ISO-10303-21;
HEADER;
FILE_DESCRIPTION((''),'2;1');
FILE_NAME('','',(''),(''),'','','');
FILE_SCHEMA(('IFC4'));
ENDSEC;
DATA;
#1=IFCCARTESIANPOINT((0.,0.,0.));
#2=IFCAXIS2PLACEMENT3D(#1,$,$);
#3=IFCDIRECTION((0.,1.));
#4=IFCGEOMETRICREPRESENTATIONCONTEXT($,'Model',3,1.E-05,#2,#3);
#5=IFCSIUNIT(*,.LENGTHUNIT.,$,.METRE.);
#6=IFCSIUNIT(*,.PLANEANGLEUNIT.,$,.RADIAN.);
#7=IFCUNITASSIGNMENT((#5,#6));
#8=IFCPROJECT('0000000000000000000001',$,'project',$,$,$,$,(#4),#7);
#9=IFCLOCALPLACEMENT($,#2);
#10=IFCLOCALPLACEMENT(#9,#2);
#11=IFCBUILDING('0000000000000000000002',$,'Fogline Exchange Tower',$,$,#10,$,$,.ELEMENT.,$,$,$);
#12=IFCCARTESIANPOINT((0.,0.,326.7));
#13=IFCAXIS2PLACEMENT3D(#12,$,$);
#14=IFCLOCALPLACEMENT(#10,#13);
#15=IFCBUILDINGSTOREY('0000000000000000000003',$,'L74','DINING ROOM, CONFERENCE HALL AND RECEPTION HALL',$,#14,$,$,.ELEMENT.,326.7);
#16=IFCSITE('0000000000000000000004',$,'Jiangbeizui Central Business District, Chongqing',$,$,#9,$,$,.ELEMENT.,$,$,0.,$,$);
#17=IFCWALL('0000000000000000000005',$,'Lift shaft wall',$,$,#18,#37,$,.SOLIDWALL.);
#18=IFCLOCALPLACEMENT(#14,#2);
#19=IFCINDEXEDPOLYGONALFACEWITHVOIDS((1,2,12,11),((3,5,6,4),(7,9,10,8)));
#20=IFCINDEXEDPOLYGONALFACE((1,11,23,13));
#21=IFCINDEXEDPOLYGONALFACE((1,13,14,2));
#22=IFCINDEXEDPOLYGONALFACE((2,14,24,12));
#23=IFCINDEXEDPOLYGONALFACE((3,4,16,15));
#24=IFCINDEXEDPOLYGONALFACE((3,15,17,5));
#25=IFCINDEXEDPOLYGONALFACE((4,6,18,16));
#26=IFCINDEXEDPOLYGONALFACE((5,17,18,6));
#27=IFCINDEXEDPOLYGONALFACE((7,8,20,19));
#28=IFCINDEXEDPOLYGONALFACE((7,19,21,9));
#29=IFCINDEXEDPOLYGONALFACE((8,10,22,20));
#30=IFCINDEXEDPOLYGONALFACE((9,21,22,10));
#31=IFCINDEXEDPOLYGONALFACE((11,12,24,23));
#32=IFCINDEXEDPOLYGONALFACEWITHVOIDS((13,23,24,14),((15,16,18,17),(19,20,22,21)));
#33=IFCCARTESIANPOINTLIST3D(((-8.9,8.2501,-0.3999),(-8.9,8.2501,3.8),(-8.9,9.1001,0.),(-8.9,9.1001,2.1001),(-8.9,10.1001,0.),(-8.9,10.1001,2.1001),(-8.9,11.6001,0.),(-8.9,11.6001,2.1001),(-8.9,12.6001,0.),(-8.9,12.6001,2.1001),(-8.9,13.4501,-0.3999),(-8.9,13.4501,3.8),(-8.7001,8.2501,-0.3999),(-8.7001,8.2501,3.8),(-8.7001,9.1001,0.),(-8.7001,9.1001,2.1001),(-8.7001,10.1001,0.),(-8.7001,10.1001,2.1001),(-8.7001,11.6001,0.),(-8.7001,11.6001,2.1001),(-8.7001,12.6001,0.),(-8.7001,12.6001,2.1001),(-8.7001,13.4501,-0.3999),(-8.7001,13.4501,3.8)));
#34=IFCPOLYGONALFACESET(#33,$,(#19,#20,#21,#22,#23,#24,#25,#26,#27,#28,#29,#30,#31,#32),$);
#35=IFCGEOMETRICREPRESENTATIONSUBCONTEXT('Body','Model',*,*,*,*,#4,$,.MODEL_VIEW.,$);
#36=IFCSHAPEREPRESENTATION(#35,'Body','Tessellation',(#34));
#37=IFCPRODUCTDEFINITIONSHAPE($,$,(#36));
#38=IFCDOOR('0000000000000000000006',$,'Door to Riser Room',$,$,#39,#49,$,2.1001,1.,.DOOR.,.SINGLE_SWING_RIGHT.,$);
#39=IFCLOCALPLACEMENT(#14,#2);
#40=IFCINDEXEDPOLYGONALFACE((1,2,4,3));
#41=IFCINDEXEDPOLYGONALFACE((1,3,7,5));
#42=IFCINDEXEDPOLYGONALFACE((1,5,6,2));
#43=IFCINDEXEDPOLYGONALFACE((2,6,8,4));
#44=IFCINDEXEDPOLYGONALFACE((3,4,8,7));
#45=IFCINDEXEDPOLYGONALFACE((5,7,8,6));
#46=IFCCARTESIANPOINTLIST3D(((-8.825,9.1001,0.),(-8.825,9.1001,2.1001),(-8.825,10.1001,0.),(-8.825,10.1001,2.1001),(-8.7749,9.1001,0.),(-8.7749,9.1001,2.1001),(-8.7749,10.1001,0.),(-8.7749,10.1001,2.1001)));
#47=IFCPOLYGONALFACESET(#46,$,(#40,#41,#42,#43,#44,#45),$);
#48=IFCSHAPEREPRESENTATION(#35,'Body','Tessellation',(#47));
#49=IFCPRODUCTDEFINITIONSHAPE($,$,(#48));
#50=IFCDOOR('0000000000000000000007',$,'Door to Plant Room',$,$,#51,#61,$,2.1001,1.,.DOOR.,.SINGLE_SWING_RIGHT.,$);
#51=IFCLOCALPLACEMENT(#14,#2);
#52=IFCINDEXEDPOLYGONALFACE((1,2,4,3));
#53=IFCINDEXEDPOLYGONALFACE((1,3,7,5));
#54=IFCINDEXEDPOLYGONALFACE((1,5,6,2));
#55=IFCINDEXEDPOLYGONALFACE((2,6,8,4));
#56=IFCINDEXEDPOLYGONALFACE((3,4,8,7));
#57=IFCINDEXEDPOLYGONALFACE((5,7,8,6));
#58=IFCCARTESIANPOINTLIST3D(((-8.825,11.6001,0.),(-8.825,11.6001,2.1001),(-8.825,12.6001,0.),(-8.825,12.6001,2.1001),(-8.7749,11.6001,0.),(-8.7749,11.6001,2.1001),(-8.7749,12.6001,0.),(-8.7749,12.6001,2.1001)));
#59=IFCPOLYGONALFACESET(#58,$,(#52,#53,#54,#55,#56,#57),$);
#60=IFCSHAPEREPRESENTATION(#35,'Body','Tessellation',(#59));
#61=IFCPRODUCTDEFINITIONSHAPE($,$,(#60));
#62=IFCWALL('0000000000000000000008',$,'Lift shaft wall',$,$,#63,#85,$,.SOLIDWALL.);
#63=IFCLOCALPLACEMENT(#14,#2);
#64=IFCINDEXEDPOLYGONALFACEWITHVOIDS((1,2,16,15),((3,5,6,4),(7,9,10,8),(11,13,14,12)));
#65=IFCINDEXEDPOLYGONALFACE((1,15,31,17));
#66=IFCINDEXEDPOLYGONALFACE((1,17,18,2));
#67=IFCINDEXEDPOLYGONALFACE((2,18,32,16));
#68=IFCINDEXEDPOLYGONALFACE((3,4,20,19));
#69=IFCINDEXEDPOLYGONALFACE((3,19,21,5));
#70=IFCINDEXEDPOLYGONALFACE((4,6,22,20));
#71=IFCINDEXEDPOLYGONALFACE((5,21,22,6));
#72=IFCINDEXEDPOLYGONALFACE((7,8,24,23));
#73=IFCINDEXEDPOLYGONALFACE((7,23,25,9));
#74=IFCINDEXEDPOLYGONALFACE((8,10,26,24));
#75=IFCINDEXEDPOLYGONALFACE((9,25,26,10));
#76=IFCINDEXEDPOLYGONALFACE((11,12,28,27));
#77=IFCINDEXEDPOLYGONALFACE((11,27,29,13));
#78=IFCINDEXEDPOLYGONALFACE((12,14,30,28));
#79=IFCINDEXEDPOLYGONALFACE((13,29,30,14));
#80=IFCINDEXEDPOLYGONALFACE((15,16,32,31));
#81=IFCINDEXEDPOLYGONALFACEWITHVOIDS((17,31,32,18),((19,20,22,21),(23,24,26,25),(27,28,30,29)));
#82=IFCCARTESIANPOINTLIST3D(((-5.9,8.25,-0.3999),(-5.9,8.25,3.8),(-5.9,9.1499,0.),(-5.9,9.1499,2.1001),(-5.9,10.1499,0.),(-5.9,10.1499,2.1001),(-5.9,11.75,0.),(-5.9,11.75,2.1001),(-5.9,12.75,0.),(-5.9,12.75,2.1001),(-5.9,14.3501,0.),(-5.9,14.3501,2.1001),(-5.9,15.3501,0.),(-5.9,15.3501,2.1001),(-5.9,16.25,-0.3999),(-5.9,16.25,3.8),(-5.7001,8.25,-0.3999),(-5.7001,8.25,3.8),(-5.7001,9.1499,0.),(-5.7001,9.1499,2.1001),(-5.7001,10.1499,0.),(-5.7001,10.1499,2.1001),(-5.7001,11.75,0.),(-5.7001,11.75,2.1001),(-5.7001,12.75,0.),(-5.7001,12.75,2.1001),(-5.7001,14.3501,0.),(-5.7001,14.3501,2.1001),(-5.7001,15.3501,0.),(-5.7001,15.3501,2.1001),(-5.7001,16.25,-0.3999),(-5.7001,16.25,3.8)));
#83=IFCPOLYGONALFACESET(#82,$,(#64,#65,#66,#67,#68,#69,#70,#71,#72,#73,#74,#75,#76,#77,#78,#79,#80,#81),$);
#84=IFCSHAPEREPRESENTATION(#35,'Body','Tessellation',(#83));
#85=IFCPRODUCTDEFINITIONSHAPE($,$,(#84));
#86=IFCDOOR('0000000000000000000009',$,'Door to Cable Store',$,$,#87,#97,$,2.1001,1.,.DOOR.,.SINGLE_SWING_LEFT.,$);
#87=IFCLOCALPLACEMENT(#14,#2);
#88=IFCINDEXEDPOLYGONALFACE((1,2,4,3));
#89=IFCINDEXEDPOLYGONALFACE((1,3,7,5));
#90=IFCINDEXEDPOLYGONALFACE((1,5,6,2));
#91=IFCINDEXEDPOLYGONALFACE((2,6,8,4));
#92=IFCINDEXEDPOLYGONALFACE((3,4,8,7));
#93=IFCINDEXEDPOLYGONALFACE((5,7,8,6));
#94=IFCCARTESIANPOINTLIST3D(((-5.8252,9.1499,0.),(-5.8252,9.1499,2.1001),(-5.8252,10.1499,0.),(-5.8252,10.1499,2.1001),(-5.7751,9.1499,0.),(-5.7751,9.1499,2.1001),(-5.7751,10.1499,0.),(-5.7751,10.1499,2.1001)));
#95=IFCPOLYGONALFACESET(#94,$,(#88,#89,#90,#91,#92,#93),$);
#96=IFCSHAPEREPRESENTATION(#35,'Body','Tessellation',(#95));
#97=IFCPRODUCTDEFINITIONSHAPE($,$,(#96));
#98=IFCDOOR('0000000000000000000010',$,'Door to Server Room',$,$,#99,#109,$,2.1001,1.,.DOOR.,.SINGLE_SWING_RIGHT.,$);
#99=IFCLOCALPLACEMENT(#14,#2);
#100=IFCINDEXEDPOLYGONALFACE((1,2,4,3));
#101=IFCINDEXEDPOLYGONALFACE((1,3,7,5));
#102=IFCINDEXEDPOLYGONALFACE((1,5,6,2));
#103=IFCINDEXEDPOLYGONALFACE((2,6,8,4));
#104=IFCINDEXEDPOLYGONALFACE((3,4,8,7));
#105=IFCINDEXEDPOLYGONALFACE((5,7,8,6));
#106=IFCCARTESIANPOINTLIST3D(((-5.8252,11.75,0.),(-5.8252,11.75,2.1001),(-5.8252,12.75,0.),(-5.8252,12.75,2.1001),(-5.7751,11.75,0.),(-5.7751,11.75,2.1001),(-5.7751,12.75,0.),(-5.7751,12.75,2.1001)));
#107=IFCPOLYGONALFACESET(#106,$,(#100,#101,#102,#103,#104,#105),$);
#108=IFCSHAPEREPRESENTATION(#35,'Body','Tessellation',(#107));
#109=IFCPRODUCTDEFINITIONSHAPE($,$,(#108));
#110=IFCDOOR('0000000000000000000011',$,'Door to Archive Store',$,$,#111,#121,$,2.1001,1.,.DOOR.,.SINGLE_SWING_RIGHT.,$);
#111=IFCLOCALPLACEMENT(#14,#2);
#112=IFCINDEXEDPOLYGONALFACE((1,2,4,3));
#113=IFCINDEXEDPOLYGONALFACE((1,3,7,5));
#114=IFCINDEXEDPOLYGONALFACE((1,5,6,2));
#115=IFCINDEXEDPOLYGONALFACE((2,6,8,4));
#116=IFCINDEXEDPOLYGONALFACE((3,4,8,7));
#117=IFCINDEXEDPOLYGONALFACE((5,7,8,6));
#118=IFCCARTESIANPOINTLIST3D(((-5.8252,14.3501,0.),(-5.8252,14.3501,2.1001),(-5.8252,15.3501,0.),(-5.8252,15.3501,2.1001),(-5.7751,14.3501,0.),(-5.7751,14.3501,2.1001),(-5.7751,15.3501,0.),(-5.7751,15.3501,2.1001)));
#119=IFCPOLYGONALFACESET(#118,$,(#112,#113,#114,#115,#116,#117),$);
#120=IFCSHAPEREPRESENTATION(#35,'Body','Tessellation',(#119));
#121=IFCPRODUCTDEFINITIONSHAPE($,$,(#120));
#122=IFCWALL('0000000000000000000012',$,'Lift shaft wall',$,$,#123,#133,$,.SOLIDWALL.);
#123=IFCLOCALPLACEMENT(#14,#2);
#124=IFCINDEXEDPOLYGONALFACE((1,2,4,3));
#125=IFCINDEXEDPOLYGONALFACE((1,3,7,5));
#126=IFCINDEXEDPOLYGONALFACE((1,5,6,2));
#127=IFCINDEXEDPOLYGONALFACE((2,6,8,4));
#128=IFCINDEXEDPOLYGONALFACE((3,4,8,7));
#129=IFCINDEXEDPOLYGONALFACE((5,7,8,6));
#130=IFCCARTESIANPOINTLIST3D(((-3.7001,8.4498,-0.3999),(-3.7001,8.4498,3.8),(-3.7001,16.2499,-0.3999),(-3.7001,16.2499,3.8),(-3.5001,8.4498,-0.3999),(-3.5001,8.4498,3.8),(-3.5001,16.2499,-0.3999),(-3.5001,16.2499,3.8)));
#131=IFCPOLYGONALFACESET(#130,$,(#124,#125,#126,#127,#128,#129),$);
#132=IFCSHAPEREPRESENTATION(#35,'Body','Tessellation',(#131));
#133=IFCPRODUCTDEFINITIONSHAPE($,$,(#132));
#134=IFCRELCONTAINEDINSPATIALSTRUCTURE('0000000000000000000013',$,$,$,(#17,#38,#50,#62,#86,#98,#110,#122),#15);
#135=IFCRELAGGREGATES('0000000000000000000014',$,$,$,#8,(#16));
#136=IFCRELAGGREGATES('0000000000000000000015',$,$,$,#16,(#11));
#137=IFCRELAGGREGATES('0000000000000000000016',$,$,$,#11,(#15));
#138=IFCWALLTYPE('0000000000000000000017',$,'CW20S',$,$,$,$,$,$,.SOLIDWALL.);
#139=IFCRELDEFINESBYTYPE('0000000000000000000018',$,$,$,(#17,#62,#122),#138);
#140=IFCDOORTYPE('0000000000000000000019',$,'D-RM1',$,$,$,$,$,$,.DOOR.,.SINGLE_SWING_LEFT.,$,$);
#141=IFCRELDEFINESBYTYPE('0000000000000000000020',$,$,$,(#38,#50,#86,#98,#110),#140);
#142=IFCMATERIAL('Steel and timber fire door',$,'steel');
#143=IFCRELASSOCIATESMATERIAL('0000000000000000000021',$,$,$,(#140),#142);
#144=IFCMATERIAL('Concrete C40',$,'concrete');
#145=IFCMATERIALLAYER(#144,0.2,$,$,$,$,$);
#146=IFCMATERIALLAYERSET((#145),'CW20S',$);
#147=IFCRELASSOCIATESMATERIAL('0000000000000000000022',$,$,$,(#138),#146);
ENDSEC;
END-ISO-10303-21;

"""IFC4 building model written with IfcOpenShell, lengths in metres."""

from ifc_helpers import new_model, si_unit, direction, frame, frame_2d, origin, place, context, subcontext, project, spatial, rectangle, extrude, material, layer, layer_set, type_object, element, fill, save


model = new_model("IFC4")

# Units and contexts
model_context = context("Model", 3, precision=1e-05, world=origin(), true_north=direction((0.0, 1.0)))
body_context = subcontext(model_context, "Body", "Model", "MODEL_VIEW")
ifc_project = project(units=[si_unit("LENGTHUNIT", "METRE"), si_unit("PLANEANGLEUNIT", "RADIAN")], contexts=[model_context])

# Site, building, storey
site_placement = place(None, origin())
site = spatial("IfcSite", under=ifc_project, at=site_placement, Name="Jiangbeizui Central Business District, Chongqing", CompositionType="ELEMENT", RefElevation=0.0)
building_placement = place(site_placement, origin())
building = spatial("IfcBuilding", under=site, at=building_placement, Name="Fogline Exchange Tower", CompositionType="ELEMENT")
storey_placement = place(building_placement, frame((0.0, 0.0, 326.7)))
storey = spatial("IfcBuildingStorey", under=building, at=storey_placement, Name="L74", Description="DINING ROOM, CONFERENCE HALL AND RECEPTION HALL", CompositionType="ELEMENT", Elevation=326.7)

# Shared definitions
ifc_material_1 = material(Name="Steel and timber fire door", Category="steel")

# Shared definitions
ifc_material_2 = material(Name="Concrete C40", Category="concrete")

# Shared definitions
door_type_1 = type_object("IfcDoorType", Name="D-RM1", OperationType="SINGLE_SWING_LEFT", PredefinedType="DOOR", material=ifc_material_1)

# Walls, openings, doors
ifc_layer_1 = layer(ifc_material_2, 0.2)
ifc_layer_set_1 = layer_set([ifc_layer_1], Name="CW20S")
wall_type_1 = type_object("IfcWallType", Name="CW20S", PredefinedType="SOLIDWALL", material=ifc_layer_set_1)
wall_1_placement = place(storey_placement, frame((-8.8, 8.25, -0.3999), z_axis=(0.0, 0.0, 1.0), x_axis=(0.0, 1.0, 0.0)))
wall_1 = element("IfcWall", 1, at=wall_1_placement, inside=storey, type_object=wall_type_1, Name="Lift shaft wall", PredefinedType="SOLIDWALL", context=body_context, shape_type="SweptSolid", body=[
    extrude(rectangle(XDim=5.2, YDim=0.2, at=frame_2d((2.6001, 0.0))), origin(), (0.0, 0.0, 1.0), 4.2),
])
opening_1_placement = place(wall_1_placement, frame((0.8501, 0.0, 0.3999)))
opening_1 = element("IfcOpeningElement", 2, at=opening_1_placement, cuts=wall_1, PredefinedType="OPENING", context=body_context, shape_type="SweptSolid", body=[
    extrude(rectangle(XDim=1.0, YDim=2.1001, at=frame_2d((0.5, 1.05))), frame((0.0, 0.1099, 0.0), z_axis=(0.0, -1.0, 0.0), x_axis=(1.0, 0.0, 0.0)), (0.0, 0.0, 1.0), 0.22),
])
opening_2_placement = place(wall_1_placement, frame((3.3501, 0.0, 0.3999)))
opening_2 = element("IfcOpeningElement", 3, at=opening_2_placement, cuts=wall_1, PredefinedType="OPENING", context=body_context, shape_type="SweptSolid", body=[
    extrude(rectangle(XDim=1.0, YDim=2.1001, at=frame_2d((0.5, 1.05))), frame((0.0, 0.1099, 0.0), z_axis=(0.0, -1.0, 0.0), x_axis=(1.0, 0.0, 0.0)), (0.0, 0.0, 1.0), 0.22),
])
door_1_placement = place(opening_1_placement, origin())
door_1 = element("IfcDoor", 4, at=door_1_placement, inside=storey, type_object=door_type_1, Name="Door to Riser Room", OperationType="SINGLE_SWING_RIGHT", OverallHeight=2.1001, OverallWidth=1.0, PredefinedType="DOOR", context=body_context, shape_type="SweptSolid", body=[
    extrude(rectangle(XDim=1.0, YDim=2.1001, at=frame_2d((0.5, 1.05))), frame((0.0, 0.0249, 0.0), z_axis=(0.0, -1.0, 0.0), x_axis=(1.0, 0.0, 0.0)), (0.0, 0.0, 1.0), 0.05),
])
fill(opening_1, door_1)
door_2_placement = place(opening_2_placement, origin())
door_2 = element("IfcDoor", 5, at=door_2_placement, inside=storey, type_object=door_type_1, Name="Door to Plant Room", OperationType="SINGLE_SWING_RIGHT", OverallHeight=2.1001, OverallWidth=1.0, PredefinedType="DOOR", context=body_context, shape_type="SweptSolid", body=[
    extrude(rectangle(XDim=1.0, YDim=2.1001, at=frame_2d((0.5, 1.05))), frame((0.0, 0.0249, 0.0), z_axis=(0.0, -1.0, 0.0), x_axis=(1.0, 0.0, 0.0)), (0.0, 0.0, 1.0), 0.05),
])
fill(opening_2, door_2)
wall_2_placement = place(storey_placement, frame((-5.8, 8.25, -0.3999), z_axis=(0.0, 0.0, 1.0), x_axis=(0.0, 1.0, 0.0)))
wall_2 = element("IfcWall", 6, at=wall_2_placement, inside=storey, type_object=wall_type_1, Name="Lift shaft wall", PredefinedType="SOLIDWALL", context=body_context, shape_type="SweptSolid", body=[
    extrude(rectangle(XDim=8.0, YDim=0.2, at=frame_2d((4.0, 0.0))), origin(), (0.0, 0.0, 1.0), 4.2),
])
opening_3_placement = place(wall_2_placement, frame((0.8999, 0.0, 0.3999)))
opening_3 = element("IfcOpeningElement", 7, at=opening_3_placement, cuts=wall_2, PredefinedType="OPENING", context=body_context, shape_type="SweptSolid", body=[
    extrude(rectangle(XDim=1.0, YDim=2.1001, at=frame_2d((0.5, 1.05))), frame((0.0, 0.1099, 0.0), z_axis=(0.0, -1.0, 0.0), x_axis=(1.0, 0.0, 0.0)), (0.0, 0.0, 1.0), 0.22),
])
opening_4_placement = place(wall_2_placement, frame((3.5, 0.0, 0.3999)))
opening_4 = element("IfcOpeningElement", 8, at=opening_4_placement, cuts=wall_2, PredefinedType="OPENING", context=body_context, shape_type="SweptSolid", body=[
    extrude(rectangle(XDim=1.0, YDim=2.1001, at=frame_2d((0.5, 1.05))), frame((0.0, 0.1099, 0.0), z_axis=(0.0, -1.0, 0.0), x_axis=(1.0, 0.0, 0.0)), (0.0, 0.0, 1.0), 0.22),
])
opening_5_placement = place(wall_2_placement, frame((6.1001, 0.0, 0.3999)))
opening_5 = element("IfcOpeningElement", 9, at=opening_5_placement, cuts=wall_2, PredefinedType="OPENING", context=body_context, shape_type="SweptSolid", body=[
    extrude(rectangle(XDim=1.0, YDim=2.1001, at=frame_2d((0.5, 1.05))), frame((0.0, 0.1099, 0.0), z_axis=(0.0, -1.0, 0.0), x_axis=(1.0, 0.0, 0.0)), (0.0, 0.0, 1.0), 0.22),
])
door_3_placement = place(opening_3_placement, frame((1.0, 0.0, 0.0), z_axis=(0.0, 0.0, 1.0), x_axis=(-1.0, 0.0, 0.0)))
door_3 = element("IfcDoor", 10, at=door_3_placement, inside=storey, type_object=door_type_1, Name="Door to Cable Store", OperationType="SINGLE_SWING_LEFT", OverallHeight=2.1001, OverallWidth=1.0, PredefinedType="DOOR", context=body_context, shape_type="SweptSolid", body=[
    extrude(rectangle(XDim=1.0, YDim=2.1001, at=frame_2d((0.5, 1.05))), frame((0.0, 0.0249, 0.0), z_axis=(0.0, -1.0, 0.0), x_axis=(1.0, 0.0, 0.0)), (0.0, 0.0, 1.0), 0.05),
])
fill(opening_3, door_3)
door_4_placement = place(opening_4_placement, frame((1.0, 0.0, 0.0), z_axis=(0.0, 0.0, 1.0), x_axis=(-1.0, 0.0, 0.0)))
door_4 = element("IfcDoor", 11, at=door_4_placement, inside=storey, type_object=door_type_1, Name="Door to Server Room", OperationType="SINGLE_SWING_RIGHT", OverallHeight=2.1001, OverallWidth=1.0, PredefinedType="DOOR", context=body_context, shape_type="SweptSolid", body=[
    extrude(rectangle(XDim=1.0, YDim=2.1001, at=frame_2d((0.5, 1.05))), frame((0.0, 0.0249, 0.0), z_axis=(0.0, -1.0, 0.0), x_axis=(1.0, 0.0, 0.0)), (0.0, 0.0, 1.0), 0.05),
])
fill(opening_4, door_4)
door_5_placement = place(opening_5_placement, frame((1.0, 0.0, 0.0), z_axis=(0.0, 0.0, 1.0), x_axis=(-1.0, 0.0, 0.0)))
door_5 = element("IfcDoor", 12, at=door_5_placement, inside=storey, type_object=door_type_1, Name="Door to Archive Store", OperationType="SINGLE_SWING_RIGHT", OverallHeight=2.1001, OverallWidth=1.0, PredefinedType="DOOR", context=body_context, shape_type="SweptSolid", body=[
    extrude(rectangle(XDim=1.0, YDim=2.1001, at=frame_2d((0.5, 1.05))), frame((0.0, 0.0249, 0.0), z_axis=(0.0, -1.0, 0.0), x_axis=(1.0, 0.0, 0.0)), (0.0, 0.0, 1.0), 0.05),
])
fill(opening_5, door_5)

# Wall
wall_3_placement = place(storey_placement, frame((-3.6001, 8.45, -0.3999), z_axis=(0.0, 0.0, 1.0), x_axis=(0.0, 1.0, 0.0)))
element("IfcWall", 13, at=wall_3_placement, inside=storey, type_object=wall_type_1, Name="Lift shaft wall", PredefinedType="SOLIDWALL", context=body_context, shape_type="SweptSolid", body=[
    extrude(rectangle(XDim=7.8, YDim=0.2, at=frame_2d((3.8999, 0.0))), origin(), (0.0, 0.0, 1.0), 4.2),
])

save(model, "model.ifc")
